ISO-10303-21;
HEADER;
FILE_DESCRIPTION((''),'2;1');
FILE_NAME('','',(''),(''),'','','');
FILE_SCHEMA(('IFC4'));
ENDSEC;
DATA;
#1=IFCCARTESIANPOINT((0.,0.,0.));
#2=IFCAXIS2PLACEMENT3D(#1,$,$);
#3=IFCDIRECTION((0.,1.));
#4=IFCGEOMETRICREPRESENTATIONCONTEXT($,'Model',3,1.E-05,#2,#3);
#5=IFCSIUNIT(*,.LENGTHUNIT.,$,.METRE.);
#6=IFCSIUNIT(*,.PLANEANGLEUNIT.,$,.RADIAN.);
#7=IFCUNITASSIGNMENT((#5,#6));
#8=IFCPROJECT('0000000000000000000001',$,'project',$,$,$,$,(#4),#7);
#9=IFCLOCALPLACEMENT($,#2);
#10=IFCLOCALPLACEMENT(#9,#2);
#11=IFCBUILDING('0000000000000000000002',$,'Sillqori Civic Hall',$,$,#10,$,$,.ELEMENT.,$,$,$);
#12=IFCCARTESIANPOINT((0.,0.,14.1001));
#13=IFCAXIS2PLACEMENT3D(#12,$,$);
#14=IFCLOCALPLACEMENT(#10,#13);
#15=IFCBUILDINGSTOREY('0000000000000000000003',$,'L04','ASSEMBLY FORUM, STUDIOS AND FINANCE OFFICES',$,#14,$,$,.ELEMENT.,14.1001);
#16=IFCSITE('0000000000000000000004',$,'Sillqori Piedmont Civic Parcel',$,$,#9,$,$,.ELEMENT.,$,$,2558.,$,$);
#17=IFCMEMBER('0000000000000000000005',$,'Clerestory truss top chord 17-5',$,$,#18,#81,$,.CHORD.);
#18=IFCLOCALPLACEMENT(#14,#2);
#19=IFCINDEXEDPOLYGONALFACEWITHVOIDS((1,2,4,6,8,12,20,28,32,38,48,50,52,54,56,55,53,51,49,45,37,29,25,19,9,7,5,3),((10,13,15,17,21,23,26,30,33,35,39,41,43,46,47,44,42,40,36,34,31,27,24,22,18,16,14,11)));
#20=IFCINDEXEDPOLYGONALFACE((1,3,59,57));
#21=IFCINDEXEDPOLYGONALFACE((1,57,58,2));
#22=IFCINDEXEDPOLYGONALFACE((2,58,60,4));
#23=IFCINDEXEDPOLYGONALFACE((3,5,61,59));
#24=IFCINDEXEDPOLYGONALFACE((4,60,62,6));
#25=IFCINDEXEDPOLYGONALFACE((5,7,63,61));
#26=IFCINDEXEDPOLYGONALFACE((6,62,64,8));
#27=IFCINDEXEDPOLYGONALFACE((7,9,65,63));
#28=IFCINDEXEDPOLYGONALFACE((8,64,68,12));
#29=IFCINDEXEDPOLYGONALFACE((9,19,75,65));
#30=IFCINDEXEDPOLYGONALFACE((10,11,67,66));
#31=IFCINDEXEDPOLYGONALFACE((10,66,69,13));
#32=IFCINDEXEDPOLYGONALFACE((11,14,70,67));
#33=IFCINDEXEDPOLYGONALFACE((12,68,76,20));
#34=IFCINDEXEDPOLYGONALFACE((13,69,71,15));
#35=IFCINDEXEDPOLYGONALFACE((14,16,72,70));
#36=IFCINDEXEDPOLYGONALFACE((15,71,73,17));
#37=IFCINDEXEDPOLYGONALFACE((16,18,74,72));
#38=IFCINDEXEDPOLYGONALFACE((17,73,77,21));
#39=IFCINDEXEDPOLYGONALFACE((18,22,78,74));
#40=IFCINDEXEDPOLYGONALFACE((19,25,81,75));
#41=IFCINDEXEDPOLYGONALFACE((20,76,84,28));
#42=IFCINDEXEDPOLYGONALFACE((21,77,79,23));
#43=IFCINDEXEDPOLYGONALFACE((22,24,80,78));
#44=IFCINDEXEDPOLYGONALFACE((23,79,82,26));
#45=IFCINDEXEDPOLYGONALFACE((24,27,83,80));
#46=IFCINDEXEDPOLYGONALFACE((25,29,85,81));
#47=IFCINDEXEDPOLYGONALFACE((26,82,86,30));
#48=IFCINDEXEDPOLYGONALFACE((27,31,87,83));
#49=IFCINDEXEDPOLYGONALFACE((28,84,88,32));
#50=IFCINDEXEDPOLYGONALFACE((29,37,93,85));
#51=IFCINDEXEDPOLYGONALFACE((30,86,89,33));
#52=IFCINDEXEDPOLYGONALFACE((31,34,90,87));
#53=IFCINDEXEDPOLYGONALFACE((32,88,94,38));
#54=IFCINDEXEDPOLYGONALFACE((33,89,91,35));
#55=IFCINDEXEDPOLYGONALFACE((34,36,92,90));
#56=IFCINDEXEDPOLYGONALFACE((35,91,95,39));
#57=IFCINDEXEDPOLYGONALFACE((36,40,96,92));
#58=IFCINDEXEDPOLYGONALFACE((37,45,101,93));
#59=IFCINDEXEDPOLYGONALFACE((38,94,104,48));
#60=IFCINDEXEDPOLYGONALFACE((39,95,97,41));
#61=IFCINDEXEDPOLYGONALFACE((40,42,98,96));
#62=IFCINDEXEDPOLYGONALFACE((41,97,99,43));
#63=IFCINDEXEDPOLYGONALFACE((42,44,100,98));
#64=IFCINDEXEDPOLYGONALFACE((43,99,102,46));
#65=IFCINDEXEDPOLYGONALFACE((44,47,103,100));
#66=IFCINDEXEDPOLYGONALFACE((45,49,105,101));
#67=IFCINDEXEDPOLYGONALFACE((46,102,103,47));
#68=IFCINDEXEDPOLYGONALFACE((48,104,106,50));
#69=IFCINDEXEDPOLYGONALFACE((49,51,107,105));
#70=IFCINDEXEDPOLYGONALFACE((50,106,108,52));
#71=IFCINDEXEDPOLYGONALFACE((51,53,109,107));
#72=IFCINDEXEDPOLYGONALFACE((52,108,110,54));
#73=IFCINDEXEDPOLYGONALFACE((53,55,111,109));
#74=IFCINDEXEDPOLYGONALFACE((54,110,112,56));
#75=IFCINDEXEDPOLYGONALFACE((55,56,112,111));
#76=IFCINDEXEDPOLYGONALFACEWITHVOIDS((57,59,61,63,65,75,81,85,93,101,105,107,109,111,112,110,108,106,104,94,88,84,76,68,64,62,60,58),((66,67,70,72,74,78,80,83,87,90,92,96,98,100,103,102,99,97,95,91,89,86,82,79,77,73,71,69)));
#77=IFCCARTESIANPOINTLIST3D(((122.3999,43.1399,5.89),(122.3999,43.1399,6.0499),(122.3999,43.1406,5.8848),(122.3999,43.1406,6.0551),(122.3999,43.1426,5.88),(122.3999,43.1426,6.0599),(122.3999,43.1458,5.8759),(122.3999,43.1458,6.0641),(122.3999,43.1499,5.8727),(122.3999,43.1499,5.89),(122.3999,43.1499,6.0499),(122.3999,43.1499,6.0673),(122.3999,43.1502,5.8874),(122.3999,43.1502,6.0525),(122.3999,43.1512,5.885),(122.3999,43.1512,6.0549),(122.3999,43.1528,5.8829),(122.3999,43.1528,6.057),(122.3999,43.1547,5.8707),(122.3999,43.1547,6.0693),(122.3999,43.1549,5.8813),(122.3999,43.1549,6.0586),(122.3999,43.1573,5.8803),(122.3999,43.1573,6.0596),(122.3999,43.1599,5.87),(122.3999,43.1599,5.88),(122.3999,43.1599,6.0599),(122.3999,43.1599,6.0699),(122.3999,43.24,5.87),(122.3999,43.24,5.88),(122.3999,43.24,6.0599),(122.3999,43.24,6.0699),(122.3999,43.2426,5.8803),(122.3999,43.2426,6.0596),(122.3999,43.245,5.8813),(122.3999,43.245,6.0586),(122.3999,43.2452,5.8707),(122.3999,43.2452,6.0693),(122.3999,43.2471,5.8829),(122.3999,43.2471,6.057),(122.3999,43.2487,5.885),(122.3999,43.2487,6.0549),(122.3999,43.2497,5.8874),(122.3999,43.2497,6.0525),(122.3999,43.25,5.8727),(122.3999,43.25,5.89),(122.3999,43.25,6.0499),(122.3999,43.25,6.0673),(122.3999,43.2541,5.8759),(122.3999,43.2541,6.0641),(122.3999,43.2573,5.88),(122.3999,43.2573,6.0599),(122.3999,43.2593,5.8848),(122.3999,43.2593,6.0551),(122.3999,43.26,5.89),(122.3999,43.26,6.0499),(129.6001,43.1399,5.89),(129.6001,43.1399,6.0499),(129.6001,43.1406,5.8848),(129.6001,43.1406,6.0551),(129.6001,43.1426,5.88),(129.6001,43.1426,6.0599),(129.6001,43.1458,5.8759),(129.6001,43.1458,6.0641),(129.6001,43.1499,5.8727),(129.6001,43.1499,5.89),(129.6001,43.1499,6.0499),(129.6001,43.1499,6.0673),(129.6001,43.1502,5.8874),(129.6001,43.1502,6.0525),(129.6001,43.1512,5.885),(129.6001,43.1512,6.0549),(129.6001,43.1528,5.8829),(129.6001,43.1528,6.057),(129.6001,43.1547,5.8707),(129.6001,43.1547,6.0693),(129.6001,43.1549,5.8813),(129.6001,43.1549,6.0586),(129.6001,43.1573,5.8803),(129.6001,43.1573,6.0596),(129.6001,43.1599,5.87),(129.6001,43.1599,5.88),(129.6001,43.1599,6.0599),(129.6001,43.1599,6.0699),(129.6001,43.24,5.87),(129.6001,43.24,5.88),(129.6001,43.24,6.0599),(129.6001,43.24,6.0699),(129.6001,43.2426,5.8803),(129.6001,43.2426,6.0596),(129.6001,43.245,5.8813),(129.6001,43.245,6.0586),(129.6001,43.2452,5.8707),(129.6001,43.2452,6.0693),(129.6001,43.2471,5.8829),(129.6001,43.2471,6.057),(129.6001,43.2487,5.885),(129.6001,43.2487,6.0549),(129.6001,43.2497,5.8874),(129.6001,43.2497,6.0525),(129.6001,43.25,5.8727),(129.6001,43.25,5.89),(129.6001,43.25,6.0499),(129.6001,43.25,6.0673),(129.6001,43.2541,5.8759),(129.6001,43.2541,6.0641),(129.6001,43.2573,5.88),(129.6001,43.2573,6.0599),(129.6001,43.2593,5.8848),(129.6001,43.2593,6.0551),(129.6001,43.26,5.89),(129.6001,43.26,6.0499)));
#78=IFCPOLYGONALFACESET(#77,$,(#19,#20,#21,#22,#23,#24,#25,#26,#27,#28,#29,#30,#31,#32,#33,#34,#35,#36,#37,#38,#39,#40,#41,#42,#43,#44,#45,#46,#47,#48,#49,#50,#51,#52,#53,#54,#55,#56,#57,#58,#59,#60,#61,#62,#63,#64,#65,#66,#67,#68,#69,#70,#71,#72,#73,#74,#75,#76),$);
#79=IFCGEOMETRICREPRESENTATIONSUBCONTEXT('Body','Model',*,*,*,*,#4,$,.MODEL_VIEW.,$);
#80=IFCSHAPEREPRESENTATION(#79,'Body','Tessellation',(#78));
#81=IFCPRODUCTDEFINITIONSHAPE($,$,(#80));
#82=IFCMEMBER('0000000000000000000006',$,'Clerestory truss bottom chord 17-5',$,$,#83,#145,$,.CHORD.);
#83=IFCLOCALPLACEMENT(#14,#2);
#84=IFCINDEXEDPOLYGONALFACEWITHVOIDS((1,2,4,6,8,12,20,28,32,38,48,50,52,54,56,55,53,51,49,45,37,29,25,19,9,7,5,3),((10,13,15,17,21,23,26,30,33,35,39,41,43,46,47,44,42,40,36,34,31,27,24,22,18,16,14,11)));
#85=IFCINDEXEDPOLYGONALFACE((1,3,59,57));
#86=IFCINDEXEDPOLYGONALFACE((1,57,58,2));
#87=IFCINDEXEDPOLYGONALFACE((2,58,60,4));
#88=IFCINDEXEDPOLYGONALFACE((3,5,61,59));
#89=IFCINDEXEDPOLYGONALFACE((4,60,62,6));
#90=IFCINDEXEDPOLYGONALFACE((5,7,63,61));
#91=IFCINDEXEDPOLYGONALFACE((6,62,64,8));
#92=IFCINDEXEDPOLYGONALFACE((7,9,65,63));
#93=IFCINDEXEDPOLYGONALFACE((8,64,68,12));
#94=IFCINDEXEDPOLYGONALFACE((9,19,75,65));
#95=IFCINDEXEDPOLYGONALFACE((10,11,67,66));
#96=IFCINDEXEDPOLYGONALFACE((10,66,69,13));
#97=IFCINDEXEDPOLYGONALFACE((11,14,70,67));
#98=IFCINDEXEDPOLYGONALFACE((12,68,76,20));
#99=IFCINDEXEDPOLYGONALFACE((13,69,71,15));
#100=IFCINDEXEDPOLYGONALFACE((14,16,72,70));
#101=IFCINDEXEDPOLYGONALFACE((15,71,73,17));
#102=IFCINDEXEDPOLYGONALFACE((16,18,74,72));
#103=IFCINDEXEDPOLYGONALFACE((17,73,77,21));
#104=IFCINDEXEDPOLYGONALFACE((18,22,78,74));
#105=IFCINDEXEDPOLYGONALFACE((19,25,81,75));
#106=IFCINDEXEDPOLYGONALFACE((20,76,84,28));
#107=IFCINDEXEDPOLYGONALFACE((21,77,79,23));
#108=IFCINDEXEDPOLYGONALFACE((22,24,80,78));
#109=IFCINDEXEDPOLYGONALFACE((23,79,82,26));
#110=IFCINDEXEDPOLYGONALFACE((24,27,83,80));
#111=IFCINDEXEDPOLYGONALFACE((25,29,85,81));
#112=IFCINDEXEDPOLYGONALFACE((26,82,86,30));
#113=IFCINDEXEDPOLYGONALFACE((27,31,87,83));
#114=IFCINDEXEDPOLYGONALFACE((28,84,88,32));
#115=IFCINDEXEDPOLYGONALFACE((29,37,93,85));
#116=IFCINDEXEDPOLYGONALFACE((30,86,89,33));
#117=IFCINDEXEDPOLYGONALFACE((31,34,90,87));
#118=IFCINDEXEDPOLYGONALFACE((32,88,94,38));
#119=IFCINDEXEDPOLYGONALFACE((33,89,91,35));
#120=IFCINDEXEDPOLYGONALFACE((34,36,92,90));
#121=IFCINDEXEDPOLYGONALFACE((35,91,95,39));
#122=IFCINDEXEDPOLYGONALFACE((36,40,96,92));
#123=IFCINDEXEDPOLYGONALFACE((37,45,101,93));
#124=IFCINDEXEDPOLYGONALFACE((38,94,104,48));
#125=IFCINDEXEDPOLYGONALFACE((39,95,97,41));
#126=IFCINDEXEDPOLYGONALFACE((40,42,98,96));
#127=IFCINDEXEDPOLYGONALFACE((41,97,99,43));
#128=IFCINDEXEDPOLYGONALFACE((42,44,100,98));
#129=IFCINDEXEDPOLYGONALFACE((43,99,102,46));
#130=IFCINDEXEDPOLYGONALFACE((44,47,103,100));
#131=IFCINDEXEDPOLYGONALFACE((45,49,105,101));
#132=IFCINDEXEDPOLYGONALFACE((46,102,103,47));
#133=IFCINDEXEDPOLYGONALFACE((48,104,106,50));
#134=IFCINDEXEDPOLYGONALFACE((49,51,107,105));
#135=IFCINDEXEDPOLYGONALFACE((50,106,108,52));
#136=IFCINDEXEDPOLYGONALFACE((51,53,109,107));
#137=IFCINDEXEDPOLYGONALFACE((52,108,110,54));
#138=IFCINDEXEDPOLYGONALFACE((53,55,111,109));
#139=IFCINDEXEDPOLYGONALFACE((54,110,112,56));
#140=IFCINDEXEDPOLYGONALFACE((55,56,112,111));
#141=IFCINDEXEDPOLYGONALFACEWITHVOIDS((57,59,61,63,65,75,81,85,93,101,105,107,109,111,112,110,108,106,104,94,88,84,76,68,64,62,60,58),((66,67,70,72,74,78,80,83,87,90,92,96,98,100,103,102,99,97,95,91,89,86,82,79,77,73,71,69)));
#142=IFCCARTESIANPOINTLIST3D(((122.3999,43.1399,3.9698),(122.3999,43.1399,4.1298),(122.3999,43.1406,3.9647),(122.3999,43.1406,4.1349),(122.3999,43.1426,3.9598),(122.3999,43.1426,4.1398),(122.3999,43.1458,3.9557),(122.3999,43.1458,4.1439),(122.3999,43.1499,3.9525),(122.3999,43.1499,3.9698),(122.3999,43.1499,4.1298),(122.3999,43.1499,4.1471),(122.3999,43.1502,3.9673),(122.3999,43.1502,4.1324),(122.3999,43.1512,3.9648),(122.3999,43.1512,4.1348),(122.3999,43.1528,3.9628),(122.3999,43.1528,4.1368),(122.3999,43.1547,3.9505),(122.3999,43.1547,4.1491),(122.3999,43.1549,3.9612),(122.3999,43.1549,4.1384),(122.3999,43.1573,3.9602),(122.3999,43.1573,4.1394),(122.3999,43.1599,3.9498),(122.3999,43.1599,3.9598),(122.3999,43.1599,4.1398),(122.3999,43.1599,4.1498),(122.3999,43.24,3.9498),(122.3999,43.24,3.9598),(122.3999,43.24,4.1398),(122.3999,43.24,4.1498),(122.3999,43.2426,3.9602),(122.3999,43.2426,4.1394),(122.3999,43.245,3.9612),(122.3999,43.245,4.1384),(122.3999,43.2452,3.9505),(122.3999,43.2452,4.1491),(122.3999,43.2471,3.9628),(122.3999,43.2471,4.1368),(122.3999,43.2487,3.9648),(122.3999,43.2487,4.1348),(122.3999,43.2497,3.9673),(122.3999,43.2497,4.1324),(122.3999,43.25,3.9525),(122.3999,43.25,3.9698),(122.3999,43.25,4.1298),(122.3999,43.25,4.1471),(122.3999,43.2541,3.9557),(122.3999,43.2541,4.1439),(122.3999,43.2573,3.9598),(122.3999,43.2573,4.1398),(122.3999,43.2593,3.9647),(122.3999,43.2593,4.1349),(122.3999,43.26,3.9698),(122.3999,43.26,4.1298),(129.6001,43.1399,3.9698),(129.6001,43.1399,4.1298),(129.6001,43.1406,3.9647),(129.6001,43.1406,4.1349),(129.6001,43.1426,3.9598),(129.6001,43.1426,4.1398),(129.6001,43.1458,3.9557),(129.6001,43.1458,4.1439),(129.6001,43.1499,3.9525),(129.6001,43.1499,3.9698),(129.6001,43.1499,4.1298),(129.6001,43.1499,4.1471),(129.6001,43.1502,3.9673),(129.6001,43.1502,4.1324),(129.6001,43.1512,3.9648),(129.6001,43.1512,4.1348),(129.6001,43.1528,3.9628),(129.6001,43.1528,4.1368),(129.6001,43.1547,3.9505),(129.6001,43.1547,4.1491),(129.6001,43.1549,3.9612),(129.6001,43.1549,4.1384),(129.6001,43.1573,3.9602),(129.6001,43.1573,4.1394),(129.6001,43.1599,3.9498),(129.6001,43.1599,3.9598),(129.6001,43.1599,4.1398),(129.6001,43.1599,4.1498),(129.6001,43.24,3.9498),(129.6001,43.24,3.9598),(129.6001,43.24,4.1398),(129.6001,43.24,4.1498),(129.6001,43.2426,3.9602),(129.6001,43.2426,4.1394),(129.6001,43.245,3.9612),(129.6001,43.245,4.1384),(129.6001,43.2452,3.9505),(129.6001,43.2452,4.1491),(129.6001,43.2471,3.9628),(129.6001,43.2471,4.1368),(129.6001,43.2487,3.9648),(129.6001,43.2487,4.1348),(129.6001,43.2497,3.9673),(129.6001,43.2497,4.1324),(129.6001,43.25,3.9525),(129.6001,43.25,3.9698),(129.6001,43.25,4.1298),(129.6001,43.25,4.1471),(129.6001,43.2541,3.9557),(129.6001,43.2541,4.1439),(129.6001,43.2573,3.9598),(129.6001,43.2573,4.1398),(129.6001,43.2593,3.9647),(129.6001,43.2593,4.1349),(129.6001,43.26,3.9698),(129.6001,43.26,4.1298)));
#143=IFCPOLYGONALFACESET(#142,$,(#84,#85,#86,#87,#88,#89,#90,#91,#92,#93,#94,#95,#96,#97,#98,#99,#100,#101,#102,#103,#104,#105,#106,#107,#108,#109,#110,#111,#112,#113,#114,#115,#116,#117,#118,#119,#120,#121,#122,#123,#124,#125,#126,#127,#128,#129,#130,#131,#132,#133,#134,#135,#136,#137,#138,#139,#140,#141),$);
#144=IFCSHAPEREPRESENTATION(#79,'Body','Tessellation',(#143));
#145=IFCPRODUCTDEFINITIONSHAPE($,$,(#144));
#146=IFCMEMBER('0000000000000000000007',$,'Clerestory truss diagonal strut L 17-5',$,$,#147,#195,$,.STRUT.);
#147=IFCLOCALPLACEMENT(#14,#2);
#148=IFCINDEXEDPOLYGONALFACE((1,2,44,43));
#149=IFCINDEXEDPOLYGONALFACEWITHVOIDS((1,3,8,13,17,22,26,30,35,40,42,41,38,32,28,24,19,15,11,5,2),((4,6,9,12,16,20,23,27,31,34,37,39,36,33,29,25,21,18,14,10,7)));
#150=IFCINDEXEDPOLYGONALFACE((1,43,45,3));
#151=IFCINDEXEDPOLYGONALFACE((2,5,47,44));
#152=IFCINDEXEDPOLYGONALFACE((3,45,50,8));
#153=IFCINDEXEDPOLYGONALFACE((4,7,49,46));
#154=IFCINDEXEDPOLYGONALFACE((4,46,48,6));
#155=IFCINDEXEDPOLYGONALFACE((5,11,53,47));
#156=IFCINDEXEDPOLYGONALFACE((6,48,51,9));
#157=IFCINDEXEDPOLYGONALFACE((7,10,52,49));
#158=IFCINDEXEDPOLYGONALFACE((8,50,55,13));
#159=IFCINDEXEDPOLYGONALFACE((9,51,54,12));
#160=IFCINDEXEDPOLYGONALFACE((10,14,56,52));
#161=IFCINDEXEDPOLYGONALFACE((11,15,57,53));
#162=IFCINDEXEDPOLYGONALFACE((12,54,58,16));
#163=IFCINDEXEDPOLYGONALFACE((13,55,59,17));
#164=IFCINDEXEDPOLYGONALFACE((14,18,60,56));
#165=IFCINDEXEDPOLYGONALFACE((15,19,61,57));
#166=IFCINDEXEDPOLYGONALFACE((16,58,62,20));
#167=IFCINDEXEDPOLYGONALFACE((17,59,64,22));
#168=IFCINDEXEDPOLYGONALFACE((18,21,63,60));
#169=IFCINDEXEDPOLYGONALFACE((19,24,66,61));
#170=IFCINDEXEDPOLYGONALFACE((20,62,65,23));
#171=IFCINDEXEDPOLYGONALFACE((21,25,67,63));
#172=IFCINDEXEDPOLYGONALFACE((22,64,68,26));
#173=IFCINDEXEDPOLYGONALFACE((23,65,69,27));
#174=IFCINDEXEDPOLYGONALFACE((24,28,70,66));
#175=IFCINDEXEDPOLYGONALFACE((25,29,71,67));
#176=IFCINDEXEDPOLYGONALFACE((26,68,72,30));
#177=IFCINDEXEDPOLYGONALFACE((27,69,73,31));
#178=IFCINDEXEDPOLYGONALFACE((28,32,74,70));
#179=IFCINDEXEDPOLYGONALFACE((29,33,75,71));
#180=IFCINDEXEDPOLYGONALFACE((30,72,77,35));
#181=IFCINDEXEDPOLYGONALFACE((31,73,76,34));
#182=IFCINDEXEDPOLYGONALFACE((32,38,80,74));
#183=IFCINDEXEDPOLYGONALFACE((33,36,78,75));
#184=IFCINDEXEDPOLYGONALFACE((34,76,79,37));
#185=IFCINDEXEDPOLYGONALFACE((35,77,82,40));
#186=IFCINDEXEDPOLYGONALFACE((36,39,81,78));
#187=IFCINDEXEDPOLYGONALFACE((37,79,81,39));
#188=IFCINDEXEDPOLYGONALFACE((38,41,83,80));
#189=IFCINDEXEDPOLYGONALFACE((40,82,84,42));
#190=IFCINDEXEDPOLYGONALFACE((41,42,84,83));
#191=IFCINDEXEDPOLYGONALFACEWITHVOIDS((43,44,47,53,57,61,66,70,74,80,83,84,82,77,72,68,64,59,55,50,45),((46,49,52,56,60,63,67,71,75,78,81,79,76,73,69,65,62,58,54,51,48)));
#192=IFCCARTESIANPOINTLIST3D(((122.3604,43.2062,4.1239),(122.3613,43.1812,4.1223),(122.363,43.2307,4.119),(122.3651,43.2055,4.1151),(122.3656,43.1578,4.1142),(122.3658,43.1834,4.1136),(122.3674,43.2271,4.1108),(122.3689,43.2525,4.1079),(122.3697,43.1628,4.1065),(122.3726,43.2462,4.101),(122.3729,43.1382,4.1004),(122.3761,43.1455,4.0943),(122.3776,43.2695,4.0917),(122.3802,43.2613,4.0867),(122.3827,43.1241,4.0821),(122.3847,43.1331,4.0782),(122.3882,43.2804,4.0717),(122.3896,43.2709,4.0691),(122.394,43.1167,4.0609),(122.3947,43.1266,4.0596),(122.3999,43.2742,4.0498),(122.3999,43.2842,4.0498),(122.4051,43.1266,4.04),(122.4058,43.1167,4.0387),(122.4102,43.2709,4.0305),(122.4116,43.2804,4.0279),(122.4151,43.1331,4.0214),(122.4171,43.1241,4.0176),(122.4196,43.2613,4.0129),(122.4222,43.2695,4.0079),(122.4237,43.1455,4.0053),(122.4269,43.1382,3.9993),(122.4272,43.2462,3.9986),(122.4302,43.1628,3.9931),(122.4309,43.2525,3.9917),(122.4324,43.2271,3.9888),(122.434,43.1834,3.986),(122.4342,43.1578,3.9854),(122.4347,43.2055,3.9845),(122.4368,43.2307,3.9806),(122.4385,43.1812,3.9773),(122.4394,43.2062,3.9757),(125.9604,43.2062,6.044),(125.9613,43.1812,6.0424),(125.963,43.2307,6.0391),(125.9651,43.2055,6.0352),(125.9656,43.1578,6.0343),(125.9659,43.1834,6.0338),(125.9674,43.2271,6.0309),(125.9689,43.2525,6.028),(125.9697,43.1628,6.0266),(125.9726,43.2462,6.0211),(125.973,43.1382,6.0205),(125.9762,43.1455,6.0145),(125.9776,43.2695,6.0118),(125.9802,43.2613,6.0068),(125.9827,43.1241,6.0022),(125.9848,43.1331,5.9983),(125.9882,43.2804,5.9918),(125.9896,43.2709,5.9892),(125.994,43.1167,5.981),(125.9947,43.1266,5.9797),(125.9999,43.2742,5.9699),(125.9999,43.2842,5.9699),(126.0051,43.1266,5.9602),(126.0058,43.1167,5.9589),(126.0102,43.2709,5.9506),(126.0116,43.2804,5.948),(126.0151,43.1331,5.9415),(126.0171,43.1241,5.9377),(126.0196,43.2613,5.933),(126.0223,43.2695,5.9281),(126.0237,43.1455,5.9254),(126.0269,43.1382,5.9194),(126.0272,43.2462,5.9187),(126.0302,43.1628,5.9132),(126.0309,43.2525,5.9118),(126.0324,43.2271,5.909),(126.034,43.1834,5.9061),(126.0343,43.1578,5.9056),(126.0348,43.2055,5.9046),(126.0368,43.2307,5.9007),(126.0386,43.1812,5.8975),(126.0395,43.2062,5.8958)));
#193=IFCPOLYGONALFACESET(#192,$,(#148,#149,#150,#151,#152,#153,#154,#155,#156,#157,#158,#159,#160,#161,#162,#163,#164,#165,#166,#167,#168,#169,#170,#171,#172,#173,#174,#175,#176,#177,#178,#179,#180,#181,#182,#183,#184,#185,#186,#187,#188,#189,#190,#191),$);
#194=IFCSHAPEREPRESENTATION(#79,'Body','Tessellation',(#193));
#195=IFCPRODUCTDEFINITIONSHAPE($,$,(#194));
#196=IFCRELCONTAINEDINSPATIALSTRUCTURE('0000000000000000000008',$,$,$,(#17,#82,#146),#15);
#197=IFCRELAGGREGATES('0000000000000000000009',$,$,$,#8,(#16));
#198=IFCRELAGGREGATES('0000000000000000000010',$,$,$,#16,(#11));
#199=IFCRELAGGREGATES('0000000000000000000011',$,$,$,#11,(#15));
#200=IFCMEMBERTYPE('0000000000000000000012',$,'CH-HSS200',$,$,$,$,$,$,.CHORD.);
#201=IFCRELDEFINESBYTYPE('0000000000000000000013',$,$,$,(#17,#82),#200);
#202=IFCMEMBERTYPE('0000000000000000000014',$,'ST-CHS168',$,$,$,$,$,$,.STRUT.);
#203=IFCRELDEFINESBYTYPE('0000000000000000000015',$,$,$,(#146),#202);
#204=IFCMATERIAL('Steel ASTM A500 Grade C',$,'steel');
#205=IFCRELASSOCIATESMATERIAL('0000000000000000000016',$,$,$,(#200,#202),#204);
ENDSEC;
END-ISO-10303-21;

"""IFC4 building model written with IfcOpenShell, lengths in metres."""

from ifc_helpers import new_model, si_unit, direction, frame, origin, origin_2d, place, context, subcontext, project, spatial, hollow_rectangle, hollow_circle, extrude, material, material_profile, profile_set, type_object, element, save


model = new_model("IFC4")

# Units and contexts
model_context = context("Model", 3, precision=1e-05, world=origin(), true_north=direction((0.0, 1.0)))
body_context = subcontext(model_context, "Body", "Model", "MODEL_VIEW")
ifc_project = project(units=[si_unit("LENGTHUNIT", "METRE"), si_unit("PLANEANGLEUNIT", "RADIAN")], contexts=[model_context])

# Site, building, storey
site_placement = place(None, origin())
site = spatial("IfcSite", under=ifc_project, at=site_placement, Name="Sillqori Piedmont Civic Parcel", CompositionType="ELEMENT", RefElevation=2558.0)
building_placement = place(site_placement, origin())
building = spatial("IfcBuilding", under=site, at=building_placement, Name="Sillqori Civic Hall", CompositionType="ELEMENT")
storey_placement = place(building_placement, frame((0.0, 0.0, 14.1001)))
storey = spatial("IfcBuildingStorey", under=building, at=storey_placement, Name="L04", Description="ASSEMBLY FORUM, STUDIOS AND FINANCE OFFICES", CompositionType="ELEMENT", Elevation=14.1001)

# Members
ifc_material_1 = material(Name="Steel ASTM A500 Grade C", Category="steel")
ifc_material_profile_1 = material_profile(ifc_material_1, hollow_rectangle(XDim=0.1201, YDim=0.2, WallThickness=0.01, InnerFilletRadius=0.01, OuterFilletRadius=0.02, at=origin_2d()), Name="HSS200X120X10")
ifc_profile_set_1 = profile_set([ifc_material_profile_1], Name="Steel ASTM A500 Grade C")
member_type_1 = type_object("IfcMemberType", Name="CH-HSS200", PredefinedType="CHORD", material=ifc_profile_set_1)
for number, where, z_axis, x_axis, name in (
    (1, (122.3999, 43.2, 5.97), (1.0, 0.0, 0.0), (0.0, 1.0, 0.0), "Clerestory truss top chord 17-5"),
    (2, (122.3999, 43.2, 4.0498), (1.0, 0.0, 0.0), (0.0, 1.0, 0.0), "Clerestory truss bottom chord 17-5"),
):
    element("IfcMember", number, at=place(storey_placement, frame(where, z_axis=z_axis, x_axis=x_axis)), inside=storey, type_object=member_type_1, Name=name, PredefinedType="CHORD", context=body_context, shape_type="SweptSolid", body=[
        extrude(hollow_rectangle(XDim=0.1201, YDim=0.2, WallThickness=0.01, InnerFilletRadius=0.01, OuterFilletRadius=0.02, at=origin_2d()), origin(), (0.0, 0.0, 1.0), 7.2002),
    ])
ifc_material_profile_2 = material_profile(ifc_material_1, hollow_circle(Radius=0.0842, WallThickness=0.01, at=origin_2d()), Name="CHS168X10")
ifc_profile_set_2 = profile_set([ifc_material_profile_2], Name="Steel ASTM A500 Grade C")
member_type_2 = type_object("IfcMemberType", Name="ST-CHS168", PredefinedType="STRUT", material=ifc_profile_set_2)
member_1_placement = place(storey_placement, frame((122.3999, 43.2, 4.0498), z_axis=(0.882341, 0.0, 0.47061), x_axis=(0.0, 1.0, 0.0)))
element("IfcMember", 3, at=member_1_placement, inside=storey, type_object=member_type_2, Name="Clerestory truss diagonal strut L 17-5", PredefinedType="STRUT", context=body_context, shape_type="SweptSolid", body=[
    extrude(hollow_circle(Radius=0.0842, WallThickness=0.01, at=origin_2d()), origin(), (0.0, 0.0, 1.0), 4.0801),
])

save(model, "model.ifc")
